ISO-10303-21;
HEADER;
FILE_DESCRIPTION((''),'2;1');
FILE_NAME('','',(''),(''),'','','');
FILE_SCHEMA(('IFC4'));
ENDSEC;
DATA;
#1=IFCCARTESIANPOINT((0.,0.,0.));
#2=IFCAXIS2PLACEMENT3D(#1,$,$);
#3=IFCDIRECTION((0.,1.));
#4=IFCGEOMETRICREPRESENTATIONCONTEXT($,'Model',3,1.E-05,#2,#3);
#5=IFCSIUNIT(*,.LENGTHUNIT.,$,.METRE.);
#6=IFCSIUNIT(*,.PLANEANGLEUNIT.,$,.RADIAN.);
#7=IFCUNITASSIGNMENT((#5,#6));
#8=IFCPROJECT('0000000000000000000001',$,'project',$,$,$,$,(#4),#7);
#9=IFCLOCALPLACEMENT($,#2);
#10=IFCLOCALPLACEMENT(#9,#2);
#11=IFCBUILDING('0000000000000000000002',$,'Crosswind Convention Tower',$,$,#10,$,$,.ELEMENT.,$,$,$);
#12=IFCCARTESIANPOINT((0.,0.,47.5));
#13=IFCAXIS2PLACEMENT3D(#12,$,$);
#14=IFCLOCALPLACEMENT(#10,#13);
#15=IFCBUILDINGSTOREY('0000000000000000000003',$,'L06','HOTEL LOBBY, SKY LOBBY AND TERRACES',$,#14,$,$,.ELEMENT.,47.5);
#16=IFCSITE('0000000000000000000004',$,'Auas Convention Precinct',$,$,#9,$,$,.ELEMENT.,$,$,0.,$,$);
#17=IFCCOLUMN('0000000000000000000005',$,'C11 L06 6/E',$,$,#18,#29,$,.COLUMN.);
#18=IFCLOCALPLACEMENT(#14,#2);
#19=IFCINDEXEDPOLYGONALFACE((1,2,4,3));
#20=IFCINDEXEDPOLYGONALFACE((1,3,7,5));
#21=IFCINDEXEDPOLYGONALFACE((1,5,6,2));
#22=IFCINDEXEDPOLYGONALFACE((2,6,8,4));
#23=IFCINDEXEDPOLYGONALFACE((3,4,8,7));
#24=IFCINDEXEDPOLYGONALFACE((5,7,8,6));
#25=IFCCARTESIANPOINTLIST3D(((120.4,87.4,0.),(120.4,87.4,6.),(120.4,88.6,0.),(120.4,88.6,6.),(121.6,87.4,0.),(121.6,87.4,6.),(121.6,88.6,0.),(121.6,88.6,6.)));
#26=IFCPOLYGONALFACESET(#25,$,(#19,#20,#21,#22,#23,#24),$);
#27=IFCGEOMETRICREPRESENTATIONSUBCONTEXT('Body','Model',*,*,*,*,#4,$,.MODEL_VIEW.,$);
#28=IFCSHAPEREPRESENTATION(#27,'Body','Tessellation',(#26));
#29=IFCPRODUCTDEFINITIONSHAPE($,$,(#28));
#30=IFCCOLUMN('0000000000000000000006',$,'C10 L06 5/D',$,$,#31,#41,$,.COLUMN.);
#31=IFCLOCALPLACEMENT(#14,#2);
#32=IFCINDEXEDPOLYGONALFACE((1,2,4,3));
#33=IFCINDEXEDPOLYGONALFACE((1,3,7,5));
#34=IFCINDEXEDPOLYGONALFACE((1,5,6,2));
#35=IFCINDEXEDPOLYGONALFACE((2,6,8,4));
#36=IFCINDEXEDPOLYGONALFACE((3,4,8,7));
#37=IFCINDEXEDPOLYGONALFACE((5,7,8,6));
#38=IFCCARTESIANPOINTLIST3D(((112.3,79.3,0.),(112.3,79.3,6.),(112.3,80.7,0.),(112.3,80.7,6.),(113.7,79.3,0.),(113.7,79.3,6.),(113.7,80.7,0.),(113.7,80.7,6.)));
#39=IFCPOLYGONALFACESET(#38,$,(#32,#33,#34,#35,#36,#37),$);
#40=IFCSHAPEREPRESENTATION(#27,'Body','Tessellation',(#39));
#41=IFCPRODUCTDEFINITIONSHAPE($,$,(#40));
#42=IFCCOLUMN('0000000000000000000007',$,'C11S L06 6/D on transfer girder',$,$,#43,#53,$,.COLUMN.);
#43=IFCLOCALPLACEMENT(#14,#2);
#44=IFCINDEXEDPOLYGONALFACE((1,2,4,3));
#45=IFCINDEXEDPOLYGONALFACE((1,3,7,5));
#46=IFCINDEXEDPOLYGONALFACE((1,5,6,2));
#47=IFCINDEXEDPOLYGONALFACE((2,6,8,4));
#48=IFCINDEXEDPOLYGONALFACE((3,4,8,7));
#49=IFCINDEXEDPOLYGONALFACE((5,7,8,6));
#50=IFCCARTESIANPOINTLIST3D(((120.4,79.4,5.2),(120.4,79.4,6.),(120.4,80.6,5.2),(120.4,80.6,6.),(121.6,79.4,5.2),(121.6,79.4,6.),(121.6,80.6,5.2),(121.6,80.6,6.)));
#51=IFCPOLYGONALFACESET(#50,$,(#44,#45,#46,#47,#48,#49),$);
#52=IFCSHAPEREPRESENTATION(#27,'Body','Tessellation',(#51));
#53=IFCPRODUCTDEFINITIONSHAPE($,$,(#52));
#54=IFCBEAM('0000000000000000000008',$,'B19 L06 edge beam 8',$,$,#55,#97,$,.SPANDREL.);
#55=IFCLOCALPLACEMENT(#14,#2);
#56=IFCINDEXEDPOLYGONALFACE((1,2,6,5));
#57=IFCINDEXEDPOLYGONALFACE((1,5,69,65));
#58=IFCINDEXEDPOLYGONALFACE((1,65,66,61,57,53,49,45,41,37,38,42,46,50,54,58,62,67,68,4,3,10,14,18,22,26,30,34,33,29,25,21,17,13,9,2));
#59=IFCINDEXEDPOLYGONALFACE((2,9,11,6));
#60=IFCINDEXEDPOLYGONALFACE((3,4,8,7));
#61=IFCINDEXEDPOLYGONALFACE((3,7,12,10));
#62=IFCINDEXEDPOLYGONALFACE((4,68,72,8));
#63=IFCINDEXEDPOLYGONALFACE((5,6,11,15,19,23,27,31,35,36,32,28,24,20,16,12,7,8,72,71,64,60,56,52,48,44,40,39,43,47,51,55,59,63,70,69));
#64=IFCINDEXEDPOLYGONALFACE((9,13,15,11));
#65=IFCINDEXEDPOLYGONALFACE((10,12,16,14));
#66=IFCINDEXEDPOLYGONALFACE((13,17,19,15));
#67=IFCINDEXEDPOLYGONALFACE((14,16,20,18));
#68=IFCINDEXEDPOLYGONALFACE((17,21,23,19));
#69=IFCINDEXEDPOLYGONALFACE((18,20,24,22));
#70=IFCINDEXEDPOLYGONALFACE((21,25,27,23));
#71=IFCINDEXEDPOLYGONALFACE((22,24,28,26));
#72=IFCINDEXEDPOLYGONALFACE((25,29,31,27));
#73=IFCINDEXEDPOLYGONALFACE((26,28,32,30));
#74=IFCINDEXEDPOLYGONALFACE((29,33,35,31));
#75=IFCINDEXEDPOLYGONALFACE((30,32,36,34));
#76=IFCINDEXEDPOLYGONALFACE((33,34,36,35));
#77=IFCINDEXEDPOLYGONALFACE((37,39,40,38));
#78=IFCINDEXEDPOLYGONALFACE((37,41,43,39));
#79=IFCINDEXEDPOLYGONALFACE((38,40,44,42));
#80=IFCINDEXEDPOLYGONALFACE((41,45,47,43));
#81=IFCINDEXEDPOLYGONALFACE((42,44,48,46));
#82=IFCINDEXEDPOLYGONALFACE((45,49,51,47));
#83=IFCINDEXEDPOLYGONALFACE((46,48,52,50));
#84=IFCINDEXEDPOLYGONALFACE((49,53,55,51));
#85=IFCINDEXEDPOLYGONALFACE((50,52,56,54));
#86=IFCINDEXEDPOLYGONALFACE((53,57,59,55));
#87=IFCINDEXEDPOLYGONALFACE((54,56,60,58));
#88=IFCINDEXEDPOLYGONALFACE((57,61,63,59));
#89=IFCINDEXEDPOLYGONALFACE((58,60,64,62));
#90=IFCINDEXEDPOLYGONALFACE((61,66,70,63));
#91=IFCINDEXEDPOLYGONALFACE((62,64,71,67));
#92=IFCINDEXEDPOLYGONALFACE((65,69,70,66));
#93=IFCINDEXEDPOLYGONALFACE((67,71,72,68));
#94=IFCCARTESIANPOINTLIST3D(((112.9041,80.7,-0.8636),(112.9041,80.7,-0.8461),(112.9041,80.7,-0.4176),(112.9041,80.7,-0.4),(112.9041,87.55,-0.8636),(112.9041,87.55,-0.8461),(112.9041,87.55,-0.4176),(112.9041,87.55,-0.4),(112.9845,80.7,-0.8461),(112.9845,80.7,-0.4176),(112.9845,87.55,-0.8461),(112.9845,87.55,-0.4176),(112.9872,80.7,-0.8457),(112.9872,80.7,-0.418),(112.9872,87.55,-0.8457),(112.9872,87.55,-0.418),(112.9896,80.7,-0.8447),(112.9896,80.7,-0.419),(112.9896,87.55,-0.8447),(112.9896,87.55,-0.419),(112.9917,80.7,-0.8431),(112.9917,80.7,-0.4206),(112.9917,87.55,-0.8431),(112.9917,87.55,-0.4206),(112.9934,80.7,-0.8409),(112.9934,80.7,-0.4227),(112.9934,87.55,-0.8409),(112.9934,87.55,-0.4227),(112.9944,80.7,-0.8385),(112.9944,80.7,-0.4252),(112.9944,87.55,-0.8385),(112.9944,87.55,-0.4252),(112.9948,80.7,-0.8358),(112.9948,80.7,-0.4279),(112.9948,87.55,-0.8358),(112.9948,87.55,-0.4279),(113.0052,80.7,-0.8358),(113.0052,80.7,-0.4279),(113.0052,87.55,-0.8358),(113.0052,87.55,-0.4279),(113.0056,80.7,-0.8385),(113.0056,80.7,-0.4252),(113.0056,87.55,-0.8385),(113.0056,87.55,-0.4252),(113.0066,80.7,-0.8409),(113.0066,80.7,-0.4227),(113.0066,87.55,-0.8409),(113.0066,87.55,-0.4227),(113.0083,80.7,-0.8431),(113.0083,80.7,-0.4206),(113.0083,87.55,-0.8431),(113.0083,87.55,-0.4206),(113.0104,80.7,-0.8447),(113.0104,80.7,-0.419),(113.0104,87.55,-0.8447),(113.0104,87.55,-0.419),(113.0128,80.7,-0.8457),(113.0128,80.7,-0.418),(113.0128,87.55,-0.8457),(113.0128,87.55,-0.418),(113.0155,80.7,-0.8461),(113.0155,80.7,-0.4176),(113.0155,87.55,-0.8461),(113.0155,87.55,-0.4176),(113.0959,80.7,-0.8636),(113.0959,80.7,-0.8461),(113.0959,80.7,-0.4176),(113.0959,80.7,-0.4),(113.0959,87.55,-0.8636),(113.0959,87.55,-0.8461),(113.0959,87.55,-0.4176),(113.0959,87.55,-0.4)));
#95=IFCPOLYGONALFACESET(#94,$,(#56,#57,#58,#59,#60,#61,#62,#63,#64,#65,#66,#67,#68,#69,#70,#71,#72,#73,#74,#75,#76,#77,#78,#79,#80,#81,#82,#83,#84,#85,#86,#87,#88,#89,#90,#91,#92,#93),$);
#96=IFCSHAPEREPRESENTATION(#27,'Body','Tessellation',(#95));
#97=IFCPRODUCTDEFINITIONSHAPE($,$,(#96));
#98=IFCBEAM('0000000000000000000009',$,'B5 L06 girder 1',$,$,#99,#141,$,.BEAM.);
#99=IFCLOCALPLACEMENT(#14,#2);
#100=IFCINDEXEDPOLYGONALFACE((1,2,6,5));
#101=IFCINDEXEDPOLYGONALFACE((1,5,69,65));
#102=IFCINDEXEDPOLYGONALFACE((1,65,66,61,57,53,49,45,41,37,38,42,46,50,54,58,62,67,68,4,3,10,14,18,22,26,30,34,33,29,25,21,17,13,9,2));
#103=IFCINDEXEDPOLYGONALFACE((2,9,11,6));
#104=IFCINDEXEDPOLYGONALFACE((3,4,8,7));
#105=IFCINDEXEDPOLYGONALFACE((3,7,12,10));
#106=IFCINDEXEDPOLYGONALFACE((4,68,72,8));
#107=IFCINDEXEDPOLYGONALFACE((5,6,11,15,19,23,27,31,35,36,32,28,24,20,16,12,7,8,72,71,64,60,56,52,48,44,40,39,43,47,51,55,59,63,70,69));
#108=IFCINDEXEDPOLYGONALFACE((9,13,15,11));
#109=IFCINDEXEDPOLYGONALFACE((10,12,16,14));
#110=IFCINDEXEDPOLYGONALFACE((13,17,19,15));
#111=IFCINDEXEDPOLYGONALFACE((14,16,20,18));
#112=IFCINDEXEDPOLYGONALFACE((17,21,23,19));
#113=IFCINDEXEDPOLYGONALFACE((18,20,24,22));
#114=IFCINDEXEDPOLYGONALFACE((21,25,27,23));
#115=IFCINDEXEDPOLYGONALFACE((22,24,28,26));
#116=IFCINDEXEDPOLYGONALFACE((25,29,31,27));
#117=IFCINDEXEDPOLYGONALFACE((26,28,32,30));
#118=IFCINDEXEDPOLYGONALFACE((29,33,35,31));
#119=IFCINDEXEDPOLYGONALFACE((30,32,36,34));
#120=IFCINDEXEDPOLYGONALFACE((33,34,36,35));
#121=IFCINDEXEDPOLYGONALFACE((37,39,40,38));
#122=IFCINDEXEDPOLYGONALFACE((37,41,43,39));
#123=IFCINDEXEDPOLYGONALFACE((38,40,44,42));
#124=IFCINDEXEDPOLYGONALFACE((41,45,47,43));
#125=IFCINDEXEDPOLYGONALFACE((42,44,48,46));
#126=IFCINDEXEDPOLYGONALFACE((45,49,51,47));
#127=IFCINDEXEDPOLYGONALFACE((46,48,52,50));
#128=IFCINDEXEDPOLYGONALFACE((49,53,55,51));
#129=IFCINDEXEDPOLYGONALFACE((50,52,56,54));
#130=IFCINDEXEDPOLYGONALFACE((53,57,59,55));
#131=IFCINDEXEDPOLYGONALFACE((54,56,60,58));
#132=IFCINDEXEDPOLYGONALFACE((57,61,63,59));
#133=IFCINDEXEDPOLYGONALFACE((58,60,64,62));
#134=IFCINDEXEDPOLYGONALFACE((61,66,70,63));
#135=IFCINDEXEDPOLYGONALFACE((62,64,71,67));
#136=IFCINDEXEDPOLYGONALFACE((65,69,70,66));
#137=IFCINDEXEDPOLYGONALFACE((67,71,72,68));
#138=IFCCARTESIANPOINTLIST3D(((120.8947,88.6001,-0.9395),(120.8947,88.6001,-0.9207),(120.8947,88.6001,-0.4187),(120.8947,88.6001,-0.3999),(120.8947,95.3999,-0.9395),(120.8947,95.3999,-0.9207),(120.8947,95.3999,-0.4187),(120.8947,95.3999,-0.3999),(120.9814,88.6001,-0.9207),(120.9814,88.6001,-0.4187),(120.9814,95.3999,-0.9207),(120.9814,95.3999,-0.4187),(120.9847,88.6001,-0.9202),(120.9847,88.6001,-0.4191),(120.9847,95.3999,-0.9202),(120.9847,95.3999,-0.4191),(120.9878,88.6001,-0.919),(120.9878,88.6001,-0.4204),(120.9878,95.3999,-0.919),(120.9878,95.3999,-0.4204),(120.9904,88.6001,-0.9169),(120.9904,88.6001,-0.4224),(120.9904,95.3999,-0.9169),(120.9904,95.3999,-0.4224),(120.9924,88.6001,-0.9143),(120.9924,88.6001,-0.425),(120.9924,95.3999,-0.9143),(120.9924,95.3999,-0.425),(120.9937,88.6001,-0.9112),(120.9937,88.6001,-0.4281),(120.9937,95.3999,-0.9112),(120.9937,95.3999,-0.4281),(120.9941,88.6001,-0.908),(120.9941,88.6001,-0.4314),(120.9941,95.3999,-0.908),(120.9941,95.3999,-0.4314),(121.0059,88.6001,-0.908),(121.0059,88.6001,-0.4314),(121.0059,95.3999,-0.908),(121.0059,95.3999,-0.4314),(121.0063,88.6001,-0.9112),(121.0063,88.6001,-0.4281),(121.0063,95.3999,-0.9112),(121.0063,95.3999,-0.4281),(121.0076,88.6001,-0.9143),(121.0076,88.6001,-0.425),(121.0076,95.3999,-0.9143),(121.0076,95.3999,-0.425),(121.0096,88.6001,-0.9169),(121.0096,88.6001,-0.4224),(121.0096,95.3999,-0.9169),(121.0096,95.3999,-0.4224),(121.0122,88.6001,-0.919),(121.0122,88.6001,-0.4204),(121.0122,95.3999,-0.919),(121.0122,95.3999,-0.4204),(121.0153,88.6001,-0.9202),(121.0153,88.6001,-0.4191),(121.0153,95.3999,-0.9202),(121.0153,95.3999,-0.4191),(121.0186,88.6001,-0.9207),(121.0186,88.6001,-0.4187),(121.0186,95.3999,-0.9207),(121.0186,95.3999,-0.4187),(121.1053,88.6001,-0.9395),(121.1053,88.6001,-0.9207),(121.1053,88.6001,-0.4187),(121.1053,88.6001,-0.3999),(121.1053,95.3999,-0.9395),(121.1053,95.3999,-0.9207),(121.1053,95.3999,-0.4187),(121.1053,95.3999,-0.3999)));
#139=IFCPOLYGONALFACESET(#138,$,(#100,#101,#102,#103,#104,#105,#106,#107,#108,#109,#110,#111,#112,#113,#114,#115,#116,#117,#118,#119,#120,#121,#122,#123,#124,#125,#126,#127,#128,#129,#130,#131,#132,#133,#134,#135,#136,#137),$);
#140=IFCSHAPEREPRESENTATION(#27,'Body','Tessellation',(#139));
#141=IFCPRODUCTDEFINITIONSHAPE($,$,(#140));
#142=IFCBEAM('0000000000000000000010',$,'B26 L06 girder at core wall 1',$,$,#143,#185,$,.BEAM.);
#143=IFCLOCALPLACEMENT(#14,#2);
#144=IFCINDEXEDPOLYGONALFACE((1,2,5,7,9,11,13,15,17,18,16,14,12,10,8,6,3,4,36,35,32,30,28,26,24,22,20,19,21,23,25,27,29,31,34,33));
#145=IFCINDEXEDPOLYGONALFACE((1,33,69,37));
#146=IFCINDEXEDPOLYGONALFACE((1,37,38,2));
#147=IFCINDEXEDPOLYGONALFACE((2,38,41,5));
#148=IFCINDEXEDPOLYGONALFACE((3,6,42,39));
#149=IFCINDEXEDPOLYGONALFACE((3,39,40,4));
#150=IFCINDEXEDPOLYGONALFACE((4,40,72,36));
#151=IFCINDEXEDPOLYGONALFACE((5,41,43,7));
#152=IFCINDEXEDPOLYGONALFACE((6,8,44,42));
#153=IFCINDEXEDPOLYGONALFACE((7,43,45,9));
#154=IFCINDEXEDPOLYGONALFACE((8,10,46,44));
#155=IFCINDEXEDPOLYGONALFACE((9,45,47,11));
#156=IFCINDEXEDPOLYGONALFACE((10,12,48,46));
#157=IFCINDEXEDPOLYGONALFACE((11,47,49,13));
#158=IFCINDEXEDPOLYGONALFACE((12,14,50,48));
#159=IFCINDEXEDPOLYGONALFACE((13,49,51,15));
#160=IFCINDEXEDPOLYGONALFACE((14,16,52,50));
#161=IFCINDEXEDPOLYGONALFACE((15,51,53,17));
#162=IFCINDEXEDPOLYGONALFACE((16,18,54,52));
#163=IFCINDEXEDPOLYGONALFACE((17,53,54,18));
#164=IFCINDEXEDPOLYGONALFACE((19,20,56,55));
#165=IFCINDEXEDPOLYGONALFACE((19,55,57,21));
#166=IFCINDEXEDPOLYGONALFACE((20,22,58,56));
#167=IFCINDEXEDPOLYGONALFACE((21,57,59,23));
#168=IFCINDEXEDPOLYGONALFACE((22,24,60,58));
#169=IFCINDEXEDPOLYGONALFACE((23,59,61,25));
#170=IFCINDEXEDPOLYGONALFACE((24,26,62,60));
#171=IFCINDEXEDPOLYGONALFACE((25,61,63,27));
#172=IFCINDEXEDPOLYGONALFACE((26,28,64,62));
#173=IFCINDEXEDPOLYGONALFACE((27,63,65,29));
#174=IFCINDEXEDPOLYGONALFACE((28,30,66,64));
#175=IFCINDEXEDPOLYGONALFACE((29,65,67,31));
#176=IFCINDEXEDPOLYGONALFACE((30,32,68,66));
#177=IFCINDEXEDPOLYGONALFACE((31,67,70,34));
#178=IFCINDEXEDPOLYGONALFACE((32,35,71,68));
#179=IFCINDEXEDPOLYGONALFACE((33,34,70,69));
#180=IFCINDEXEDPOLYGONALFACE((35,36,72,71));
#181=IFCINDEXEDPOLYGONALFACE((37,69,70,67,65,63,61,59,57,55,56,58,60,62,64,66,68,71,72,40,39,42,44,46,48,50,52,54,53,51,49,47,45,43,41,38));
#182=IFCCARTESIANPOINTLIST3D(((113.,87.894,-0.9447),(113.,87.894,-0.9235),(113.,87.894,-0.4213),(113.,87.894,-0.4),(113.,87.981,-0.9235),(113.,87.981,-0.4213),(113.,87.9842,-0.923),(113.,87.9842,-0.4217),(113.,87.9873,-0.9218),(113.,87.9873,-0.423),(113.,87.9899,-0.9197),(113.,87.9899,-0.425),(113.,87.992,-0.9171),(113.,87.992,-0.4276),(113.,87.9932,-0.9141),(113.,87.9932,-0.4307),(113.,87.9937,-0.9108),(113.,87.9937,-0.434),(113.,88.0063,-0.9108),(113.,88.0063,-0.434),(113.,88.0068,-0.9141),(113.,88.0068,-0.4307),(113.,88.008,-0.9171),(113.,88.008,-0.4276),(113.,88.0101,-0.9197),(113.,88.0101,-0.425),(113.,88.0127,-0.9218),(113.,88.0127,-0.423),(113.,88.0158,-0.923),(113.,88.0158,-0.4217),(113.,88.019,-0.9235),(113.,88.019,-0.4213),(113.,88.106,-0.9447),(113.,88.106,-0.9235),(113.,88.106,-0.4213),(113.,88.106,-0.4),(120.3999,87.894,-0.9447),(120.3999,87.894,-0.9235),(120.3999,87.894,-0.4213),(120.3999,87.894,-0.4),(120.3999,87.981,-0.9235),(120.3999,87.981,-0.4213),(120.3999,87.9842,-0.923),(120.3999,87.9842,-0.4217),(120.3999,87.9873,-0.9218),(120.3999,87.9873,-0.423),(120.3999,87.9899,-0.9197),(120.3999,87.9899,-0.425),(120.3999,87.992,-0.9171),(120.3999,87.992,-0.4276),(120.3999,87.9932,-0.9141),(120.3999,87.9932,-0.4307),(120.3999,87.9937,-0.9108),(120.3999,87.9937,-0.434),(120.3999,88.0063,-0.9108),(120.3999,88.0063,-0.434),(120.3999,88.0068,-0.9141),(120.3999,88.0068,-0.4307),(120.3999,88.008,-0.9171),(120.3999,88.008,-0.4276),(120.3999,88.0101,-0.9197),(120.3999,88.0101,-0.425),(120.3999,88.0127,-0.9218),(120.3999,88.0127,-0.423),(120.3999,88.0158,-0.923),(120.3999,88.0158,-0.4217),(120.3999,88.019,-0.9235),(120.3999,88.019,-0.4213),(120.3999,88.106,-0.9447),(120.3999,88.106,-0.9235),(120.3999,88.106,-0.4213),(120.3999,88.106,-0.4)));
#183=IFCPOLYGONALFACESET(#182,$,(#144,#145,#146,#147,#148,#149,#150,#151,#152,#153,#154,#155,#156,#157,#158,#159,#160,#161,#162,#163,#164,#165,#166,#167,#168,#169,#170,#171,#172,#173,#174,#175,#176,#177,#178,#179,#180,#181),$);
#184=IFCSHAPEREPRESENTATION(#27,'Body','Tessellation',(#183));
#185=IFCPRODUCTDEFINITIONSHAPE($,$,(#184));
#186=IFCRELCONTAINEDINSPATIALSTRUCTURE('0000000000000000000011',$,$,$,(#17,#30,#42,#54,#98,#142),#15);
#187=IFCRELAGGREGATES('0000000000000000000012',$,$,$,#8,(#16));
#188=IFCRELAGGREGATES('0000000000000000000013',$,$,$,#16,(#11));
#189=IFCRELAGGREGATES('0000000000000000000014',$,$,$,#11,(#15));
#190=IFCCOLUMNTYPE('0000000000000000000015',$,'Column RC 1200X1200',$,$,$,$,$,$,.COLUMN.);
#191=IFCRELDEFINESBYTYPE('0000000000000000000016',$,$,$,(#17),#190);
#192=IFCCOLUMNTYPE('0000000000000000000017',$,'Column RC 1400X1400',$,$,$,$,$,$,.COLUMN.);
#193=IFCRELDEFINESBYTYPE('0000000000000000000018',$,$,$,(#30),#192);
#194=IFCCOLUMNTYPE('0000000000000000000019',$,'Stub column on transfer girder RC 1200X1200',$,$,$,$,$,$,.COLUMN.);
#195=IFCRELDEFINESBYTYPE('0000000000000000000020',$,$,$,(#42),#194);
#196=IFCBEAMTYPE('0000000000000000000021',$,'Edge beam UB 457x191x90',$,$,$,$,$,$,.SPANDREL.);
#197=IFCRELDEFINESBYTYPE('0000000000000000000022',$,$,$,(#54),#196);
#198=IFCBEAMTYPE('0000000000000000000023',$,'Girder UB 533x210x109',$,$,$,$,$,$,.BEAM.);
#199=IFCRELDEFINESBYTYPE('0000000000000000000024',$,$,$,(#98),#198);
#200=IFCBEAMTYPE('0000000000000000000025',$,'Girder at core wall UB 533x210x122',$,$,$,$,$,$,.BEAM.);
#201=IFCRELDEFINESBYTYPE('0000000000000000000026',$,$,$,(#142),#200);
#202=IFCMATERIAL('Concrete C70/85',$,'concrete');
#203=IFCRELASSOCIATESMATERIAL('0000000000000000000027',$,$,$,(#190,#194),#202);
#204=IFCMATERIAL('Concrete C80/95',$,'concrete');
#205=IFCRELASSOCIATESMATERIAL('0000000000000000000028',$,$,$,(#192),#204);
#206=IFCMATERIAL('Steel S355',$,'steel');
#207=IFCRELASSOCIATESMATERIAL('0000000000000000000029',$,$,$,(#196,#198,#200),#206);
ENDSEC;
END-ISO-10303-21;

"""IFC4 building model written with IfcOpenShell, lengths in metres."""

from ifc_helpers import new_model, si_unit, direction, frame, origin, origin_2d, place, context, subcontext, project, spatial, rectangle, i_section, extrude, material, material_profile, profile_set, type_object, element, save


model = new_model("IFC4")

# Units and contexts
model_context = context("Model", 3, precision=1e-05, world=origin(), true_north=direction((0.0, 1.0)))
body_context = subcontext(model_context, "Body", "Model", "MODEL_VIEW")
ifc_project = project(units=[si_unit("LENGTHUNIT", "METRE"), si_unit("PLANEANGLEUNIT", "RADIAN")], contexts=[model_context])

# Site, building, storey
site_placement = place(None, origin())
site = spatial("IfcSite", under=ifc_project, at=site_placement, Name="Auas Convention Precinct", CompositionType="ELEMENT", RefElevation=0.0)
building_placement = place(site_placement, origin())
building = spatial("IfcBuilding", under=site, at=building_placement, Name="Crosswind Convention Tower", CompositionType="ELEMENT")
storey_placement = place(building_placement, frame((0.0, 0.0, 47.5)))
storey = spatial("IfcBuildingStorey", under=building, at=storey_placement, Name="L06", Description="HOTEL LOBBY, SKY LOBBY AND TERRACES", CompositionType="ELEMENT", Elevation=47.5)

# Columns
ifc_material_1 = material(Name="Concrete C70/85", Category="concrete")
ifc_material_profile_1 = material_profile(ifc_material_1, rectangle(XDim=1.2, YDim=1.2, at=origin_2d()), Name="RC 1200X1200")
ifc_profile_set_1 = profile_set([ifc_material_profile_1], Name="Concrete C70/85")
column_type_1 = type_object("IfcColumnType", Name="Column RC 1200X1200", PredefinedType="COLUMN", material=ifc_profile_set_1)
column_1_placement = place(storey_placement, frame((121.0, 88.0, 0.0), z_axis=(0.0, 0.0, 1.0), x_axis=(1.0, 0.0, 0.0)))
element("IfcColumn", 1, at=column_1_placement, inside=storey, type_object=column_type_1, Name="C11 L06 6/E", PredefinedType="COLUMN", context=body_context, shape_type="SweptSolid", body=[
    extrude(rectangle(XDim=1.2, YDim=1.2, at=origin_2d()), origin(), (0.0, 0.0, 1.0), 6.0),
])
ifc_material_2 = material(Name="Concrete C80/95", Category="concrete")
ifc_material_profile_2 = material_profile(ifc_material_2, rectangle(XDim=1.3999, YDim=1.3999, at=origin_2d()), Name="RC 1400X1400")
ifc_profile_set_2 = profile_set([ifc_material_profile_2], Name="Concrete C80/95")
column_type_2 = type_object("IfcColumnType", Name="Column RC 1400X1400", PredefinedType="COLUMN", material=ifc_profile_set_2)
column_2_placement = place(storey_placement, frame((113.0, 80.0, 0.0), z_axis=(0.0, 0.0, 1.0), x_axis=(1.0, 0.0, 0.0)))
element("IfcColumn", 2, at=column_2_placement, inside=storey, type_object=column_type_2, Name="C10 L06 5/D", PredefinedType="COLUMN", context=body_context, shape_type="SweptSolid", body=[
    extrude(rectangle(XDim=1.3999, YDim=1.3999, at=origin_2d()), origin(), (0.0, 0.0, 1.0), 6.0),
])
ifc_material_profile_3 = material_profile(ifc_material_1, rectangle(XDim=1.2, YDim=1.2, at=origin_2d()), Name="RC 1200X1200")
ifc_profile_set_3 = profile_set([ifc_material_profile_3], Name="Concrete C70/85")
column_type_3 = type_object("IfcColumnType", Name="Stub column on transfer girder RC 1200X1200", PredefinedType="COLUMN", material=ifc_profile_set_3)
column_3_placement = place(storey_placement, frame((121.0, 80.0, 5.2), z_axis=(0.0, 0.0, 1.0), x_axis=(1.0, 0.0, 0.0)))
element("IfcColumn", 3, at=column_3_placement, inside=storey, type_object=column_type_3, Name="C11S L06 6/D on transfer girder", PredefinedType="COLUMN", context=body_context, shape_type="SweptSolid", body=[
    extrude(rectangle(XDim=1.2, YDim=1.2, at=origin_2d()), origin(), (0.0, 0.0, 1.0), 0.8),
])

# Beams
ifc_material_3 = material(Name="Steel S355", Category="steel")
ifc_material_profile_4 = material_profile(ifc_material_3, i_section(OverallWidth=0.1919, OverallDepth=0.4636, WebThickness=0.0105, FlangeThickness=0.0176, FilletRadius=0.0103, at=origin_2d()), Name="UB 457x191x90")
ifc_profile_set_4 = profile_set([ifc_material_profile_4], Name="Steel S355")
beam_type_1 = type_object("IfcBeamType", Name="Edge beam UB 457x191x90", PredefinedType="SPANDREL", material=ifc_profile_set_4)
beam_1_placement = place(storey_placement, frame((113.0, 80.7, -0.6318), z_axis=(0.0, 1.0, 0.0), x_axis=(-1.0, 0.0, 0.0)))
element("IfcBeam", 4, at=beam_1_placement, inside=storey, type_object=beam_type_1, Name="B19 L06 edge beam 8", PredefinedType="SPANDREL", context=body_context, shape_type="SweptSolid", body=[
    extrude(i_section(OverallWidth=0.1919, OverallDepth=0.4636, WebThickness=0.0105, FlangeThickness=0.0176, FilletRadius=0.0103, at=origin_2d()), origin(), (0.0, 0.0, 1.0), 6.8501),
])
ifc_material_profile_5 = material_profile(ifc_material_3, i_section(OverallWidth=0.2107, OverallDepth=0.5396, WebThickness=0.0117, FlangeThickness=0.0188, FilletRadius=0.0127, at=origin_2d()), Name="UB 533x210x109")
ifc_profile_set_5 = profile_set([ifc_material_profile_5], Name="Steel S355")
beam_type_2 = type_object("IfcBeamType", Name="Girder UB 533x210x109", PredefinedType="BEAM", material=ifc_profile_set_5)
beam_2_placement = place(storey_placement, frame((121.0, 88.6001, -0.6697), z_axis=(0.0, 1.0, 0.0), x_axis=(-1.0, 0.0, 0.0)))
element("IfcBeam", 5, at=beam_2_placement, inside=storey, type_object=beam_type_2, Name="B5 L06 girder 1", PredefinedType="BEAM", context=body_context, shape_type="SweptSolid", body=[
    extrude(i_section(OverallWidth=0.2107, OverallDepth=0.5396, WebThickness=0.0117, FlangeThickness=0.0188, FilletRadius=0.0127, at=origin_2d()), origin(), (0.0, 0.0, 1.0), 6.7998),
])
ifc_material_profile_6 = material_profile(ifc_material_3, i_section(OverallWidth=0.2119, OverallDepth=0.5447, WebThickness=0.0127, FlangeThickness=0.0212, FilletRadius=0.0127, at=origin_2d()), Name="UB 533x210x122")
ifc_profile_set_6 = profile_set([ifc_material_profile_6], Name="Steel S355")
beam_type_3 = type_object("IfcBeamType", Name="Girder at core wall UB 533x210x122", PredefinedType="BEAM", material=ifc_profile_set_6)
beam_3_placement = place(storey_placement, frame((113.0, 88.0, -0.6724), z_axis=(1.0, 0.0, 0.0), x_axis=(0.0, 1.0, 0.0)))
element("IfcBeam", 6, at=beam_3_placement, inside=storey, type_object=beam_type_3, Name="B26 L06 girder at core wall 1", PredefinedType="BEAM", context=body_context, shape_type="SweptSolid", body=[
    extrude(i_section(OverallWidth=0.2119, OverallDepth=0.5447, WebThickness=0.0127, FlangeThickness=0.0212, FilletRadius=0.0127, at=origin_2d()), origin(), (0.0, 0.0, 1.0), 7.3999),
])

save(model, "model.ifc")
